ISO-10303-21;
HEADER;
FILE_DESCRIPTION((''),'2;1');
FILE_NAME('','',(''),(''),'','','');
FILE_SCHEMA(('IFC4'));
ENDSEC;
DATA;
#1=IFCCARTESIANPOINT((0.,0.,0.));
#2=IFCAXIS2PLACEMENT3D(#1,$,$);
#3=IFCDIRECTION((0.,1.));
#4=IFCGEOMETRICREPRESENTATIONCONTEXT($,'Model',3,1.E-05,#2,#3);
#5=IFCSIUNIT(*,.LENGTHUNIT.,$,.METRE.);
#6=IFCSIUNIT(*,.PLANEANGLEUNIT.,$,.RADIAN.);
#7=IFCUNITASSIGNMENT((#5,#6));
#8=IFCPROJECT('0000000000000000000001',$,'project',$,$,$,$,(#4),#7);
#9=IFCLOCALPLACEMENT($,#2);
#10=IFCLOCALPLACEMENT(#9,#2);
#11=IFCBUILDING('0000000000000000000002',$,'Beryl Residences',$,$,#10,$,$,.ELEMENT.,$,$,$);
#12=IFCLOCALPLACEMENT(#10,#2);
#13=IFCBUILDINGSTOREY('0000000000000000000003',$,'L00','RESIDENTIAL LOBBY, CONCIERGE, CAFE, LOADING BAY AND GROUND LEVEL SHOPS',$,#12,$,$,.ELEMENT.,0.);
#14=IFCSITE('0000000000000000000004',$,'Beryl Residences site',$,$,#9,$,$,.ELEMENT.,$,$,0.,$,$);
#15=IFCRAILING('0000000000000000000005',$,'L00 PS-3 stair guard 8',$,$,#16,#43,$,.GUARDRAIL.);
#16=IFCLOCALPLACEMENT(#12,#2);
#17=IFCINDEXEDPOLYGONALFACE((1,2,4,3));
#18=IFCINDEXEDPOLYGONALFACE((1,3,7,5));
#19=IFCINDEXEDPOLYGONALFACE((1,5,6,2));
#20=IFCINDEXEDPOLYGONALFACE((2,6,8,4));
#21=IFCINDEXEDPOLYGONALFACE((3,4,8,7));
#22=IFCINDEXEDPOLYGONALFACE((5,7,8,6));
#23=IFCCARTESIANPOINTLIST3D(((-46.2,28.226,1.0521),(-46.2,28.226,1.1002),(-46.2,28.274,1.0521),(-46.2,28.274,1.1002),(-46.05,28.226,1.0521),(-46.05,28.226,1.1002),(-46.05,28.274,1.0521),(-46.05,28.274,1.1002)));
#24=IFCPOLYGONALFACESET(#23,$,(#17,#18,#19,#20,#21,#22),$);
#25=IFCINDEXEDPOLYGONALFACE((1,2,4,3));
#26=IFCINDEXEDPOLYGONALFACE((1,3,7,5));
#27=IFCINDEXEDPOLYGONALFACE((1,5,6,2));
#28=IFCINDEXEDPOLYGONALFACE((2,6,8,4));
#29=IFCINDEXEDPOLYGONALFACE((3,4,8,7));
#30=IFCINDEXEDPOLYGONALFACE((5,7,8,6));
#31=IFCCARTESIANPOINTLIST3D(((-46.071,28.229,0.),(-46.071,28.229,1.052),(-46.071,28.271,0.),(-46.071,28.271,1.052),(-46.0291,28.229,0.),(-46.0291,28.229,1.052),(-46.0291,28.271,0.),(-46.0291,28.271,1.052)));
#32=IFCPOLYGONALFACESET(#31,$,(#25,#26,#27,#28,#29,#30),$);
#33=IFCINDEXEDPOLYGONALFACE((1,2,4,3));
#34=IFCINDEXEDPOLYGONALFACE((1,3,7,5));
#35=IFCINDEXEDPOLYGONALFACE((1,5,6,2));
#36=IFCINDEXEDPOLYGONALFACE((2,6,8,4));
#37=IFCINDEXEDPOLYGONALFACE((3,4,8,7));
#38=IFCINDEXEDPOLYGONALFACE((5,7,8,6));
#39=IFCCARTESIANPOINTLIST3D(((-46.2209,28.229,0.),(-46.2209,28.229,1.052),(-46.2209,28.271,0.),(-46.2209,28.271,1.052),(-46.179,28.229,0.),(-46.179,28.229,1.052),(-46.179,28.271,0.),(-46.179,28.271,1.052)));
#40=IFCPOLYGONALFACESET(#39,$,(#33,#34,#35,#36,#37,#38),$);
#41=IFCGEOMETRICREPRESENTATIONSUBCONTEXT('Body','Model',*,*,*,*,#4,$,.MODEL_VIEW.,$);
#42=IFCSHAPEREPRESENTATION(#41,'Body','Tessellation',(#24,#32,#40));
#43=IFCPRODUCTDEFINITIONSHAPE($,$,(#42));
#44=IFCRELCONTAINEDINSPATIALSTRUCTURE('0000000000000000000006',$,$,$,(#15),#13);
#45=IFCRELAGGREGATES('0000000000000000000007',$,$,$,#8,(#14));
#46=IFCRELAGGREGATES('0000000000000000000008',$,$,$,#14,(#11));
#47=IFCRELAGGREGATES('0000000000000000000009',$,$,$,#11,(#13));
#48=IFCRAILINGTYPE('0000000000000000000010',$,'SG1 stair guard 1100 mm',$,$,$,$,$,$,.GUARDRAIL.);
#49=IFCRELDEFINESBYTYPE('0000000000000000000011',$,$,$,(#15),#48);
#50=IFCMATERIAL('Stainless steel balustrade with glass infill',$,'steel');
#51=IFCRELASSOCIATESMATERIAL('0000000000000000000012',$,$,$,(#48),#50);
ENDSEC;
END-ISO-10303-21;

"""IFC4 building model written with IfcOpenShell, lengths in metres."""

from ifc_helpers import new_model, si_unit, direction, frame, origin, origin_2d, place, context, subcontext, project, spatial, rectangle, extrude, material, type_object, element, save


model = new_model("IFC4")

# Units and contexts
model_context = context("Model", 3, precision=1e-05, world=origin(), true_north=direction((0.0, 1.0)))
body_context = subcontext(model_context, "Body", "Model", "MODEL_VIEW")
ifc_project = project(units=[si_unit("LENGTHUNIT", "METRE"), si_unit("PLANEANGLEUNIT", "RADIAN")], contexts=[model_context])

# Site, building, storey
site_placement = place(None, origin())
site = spatial("IfcSite", under=ifc_project, at=site_placement, Name="Beryl Residences site", CompositionType="ELEMENT", RefElevation=0.0)
building_placement = place(site_placement, origin())
building = spatial("IfcBuilding", under=site, at=building_placement, Name="Beryl Residences", CompositionType="ELEMENT")
storey_placement = place(building_placement, origin())
storey = spatial("IfcBuildingStorey", under=building, at=storey_placement, Name="L00", Description="RESIDENTIAL LOBBY, CONCIERGE, CAFE, LOADING BAY AND GROUND LEVEL SHOPS", CompositionType="ELEMENT", Elevation=0.0)

# Railing
ifc_material_1 = material(Name="Stainless steel balustrade with glass infill", Category="steel")
railing_type = type_object("IfcRailingType", Name="SG1 stair guard 1100 mm", PredefinedType="GUARDRAIL", material=ifc_material_1)
for number, where, name in (
    (1, (-46.05, 28.25, 0.0), "L00 PS-3 stair guard 8"),
):
    element("IfcRailing", number, at=place(storey_placement, frame(where)), inside=storey, type_object=railing_type, Name=name, PredefinedType="GUARDRAIL", context=body_context, shape_type="SweptSolid", body=[
        extrude(rectangle(XDim=0.0481, YDim=0.0481, at=origin_2d()), frame((0.0, 0.0, 1.0762), z_axis=(-1.0, 0.0, 0.0), x_axis=(0.0, -1.0, 0.0)), (0.0, 0.0, 1.0), 0.1499),
        extrude(rectangle(XDim=0.042, YDim=0.042, at=origin_2d()), origin(), (0.0, 0.0, 1.0), 1.052),
        extrude(rectangle(XDim=0.042, YDim=0.042, at=origin_2d()), frame((-0.1499, 0.0, 0.0)), (0.0, 0.0, 1.0), 1.052),
    ])

save(model, "model.ifc")
